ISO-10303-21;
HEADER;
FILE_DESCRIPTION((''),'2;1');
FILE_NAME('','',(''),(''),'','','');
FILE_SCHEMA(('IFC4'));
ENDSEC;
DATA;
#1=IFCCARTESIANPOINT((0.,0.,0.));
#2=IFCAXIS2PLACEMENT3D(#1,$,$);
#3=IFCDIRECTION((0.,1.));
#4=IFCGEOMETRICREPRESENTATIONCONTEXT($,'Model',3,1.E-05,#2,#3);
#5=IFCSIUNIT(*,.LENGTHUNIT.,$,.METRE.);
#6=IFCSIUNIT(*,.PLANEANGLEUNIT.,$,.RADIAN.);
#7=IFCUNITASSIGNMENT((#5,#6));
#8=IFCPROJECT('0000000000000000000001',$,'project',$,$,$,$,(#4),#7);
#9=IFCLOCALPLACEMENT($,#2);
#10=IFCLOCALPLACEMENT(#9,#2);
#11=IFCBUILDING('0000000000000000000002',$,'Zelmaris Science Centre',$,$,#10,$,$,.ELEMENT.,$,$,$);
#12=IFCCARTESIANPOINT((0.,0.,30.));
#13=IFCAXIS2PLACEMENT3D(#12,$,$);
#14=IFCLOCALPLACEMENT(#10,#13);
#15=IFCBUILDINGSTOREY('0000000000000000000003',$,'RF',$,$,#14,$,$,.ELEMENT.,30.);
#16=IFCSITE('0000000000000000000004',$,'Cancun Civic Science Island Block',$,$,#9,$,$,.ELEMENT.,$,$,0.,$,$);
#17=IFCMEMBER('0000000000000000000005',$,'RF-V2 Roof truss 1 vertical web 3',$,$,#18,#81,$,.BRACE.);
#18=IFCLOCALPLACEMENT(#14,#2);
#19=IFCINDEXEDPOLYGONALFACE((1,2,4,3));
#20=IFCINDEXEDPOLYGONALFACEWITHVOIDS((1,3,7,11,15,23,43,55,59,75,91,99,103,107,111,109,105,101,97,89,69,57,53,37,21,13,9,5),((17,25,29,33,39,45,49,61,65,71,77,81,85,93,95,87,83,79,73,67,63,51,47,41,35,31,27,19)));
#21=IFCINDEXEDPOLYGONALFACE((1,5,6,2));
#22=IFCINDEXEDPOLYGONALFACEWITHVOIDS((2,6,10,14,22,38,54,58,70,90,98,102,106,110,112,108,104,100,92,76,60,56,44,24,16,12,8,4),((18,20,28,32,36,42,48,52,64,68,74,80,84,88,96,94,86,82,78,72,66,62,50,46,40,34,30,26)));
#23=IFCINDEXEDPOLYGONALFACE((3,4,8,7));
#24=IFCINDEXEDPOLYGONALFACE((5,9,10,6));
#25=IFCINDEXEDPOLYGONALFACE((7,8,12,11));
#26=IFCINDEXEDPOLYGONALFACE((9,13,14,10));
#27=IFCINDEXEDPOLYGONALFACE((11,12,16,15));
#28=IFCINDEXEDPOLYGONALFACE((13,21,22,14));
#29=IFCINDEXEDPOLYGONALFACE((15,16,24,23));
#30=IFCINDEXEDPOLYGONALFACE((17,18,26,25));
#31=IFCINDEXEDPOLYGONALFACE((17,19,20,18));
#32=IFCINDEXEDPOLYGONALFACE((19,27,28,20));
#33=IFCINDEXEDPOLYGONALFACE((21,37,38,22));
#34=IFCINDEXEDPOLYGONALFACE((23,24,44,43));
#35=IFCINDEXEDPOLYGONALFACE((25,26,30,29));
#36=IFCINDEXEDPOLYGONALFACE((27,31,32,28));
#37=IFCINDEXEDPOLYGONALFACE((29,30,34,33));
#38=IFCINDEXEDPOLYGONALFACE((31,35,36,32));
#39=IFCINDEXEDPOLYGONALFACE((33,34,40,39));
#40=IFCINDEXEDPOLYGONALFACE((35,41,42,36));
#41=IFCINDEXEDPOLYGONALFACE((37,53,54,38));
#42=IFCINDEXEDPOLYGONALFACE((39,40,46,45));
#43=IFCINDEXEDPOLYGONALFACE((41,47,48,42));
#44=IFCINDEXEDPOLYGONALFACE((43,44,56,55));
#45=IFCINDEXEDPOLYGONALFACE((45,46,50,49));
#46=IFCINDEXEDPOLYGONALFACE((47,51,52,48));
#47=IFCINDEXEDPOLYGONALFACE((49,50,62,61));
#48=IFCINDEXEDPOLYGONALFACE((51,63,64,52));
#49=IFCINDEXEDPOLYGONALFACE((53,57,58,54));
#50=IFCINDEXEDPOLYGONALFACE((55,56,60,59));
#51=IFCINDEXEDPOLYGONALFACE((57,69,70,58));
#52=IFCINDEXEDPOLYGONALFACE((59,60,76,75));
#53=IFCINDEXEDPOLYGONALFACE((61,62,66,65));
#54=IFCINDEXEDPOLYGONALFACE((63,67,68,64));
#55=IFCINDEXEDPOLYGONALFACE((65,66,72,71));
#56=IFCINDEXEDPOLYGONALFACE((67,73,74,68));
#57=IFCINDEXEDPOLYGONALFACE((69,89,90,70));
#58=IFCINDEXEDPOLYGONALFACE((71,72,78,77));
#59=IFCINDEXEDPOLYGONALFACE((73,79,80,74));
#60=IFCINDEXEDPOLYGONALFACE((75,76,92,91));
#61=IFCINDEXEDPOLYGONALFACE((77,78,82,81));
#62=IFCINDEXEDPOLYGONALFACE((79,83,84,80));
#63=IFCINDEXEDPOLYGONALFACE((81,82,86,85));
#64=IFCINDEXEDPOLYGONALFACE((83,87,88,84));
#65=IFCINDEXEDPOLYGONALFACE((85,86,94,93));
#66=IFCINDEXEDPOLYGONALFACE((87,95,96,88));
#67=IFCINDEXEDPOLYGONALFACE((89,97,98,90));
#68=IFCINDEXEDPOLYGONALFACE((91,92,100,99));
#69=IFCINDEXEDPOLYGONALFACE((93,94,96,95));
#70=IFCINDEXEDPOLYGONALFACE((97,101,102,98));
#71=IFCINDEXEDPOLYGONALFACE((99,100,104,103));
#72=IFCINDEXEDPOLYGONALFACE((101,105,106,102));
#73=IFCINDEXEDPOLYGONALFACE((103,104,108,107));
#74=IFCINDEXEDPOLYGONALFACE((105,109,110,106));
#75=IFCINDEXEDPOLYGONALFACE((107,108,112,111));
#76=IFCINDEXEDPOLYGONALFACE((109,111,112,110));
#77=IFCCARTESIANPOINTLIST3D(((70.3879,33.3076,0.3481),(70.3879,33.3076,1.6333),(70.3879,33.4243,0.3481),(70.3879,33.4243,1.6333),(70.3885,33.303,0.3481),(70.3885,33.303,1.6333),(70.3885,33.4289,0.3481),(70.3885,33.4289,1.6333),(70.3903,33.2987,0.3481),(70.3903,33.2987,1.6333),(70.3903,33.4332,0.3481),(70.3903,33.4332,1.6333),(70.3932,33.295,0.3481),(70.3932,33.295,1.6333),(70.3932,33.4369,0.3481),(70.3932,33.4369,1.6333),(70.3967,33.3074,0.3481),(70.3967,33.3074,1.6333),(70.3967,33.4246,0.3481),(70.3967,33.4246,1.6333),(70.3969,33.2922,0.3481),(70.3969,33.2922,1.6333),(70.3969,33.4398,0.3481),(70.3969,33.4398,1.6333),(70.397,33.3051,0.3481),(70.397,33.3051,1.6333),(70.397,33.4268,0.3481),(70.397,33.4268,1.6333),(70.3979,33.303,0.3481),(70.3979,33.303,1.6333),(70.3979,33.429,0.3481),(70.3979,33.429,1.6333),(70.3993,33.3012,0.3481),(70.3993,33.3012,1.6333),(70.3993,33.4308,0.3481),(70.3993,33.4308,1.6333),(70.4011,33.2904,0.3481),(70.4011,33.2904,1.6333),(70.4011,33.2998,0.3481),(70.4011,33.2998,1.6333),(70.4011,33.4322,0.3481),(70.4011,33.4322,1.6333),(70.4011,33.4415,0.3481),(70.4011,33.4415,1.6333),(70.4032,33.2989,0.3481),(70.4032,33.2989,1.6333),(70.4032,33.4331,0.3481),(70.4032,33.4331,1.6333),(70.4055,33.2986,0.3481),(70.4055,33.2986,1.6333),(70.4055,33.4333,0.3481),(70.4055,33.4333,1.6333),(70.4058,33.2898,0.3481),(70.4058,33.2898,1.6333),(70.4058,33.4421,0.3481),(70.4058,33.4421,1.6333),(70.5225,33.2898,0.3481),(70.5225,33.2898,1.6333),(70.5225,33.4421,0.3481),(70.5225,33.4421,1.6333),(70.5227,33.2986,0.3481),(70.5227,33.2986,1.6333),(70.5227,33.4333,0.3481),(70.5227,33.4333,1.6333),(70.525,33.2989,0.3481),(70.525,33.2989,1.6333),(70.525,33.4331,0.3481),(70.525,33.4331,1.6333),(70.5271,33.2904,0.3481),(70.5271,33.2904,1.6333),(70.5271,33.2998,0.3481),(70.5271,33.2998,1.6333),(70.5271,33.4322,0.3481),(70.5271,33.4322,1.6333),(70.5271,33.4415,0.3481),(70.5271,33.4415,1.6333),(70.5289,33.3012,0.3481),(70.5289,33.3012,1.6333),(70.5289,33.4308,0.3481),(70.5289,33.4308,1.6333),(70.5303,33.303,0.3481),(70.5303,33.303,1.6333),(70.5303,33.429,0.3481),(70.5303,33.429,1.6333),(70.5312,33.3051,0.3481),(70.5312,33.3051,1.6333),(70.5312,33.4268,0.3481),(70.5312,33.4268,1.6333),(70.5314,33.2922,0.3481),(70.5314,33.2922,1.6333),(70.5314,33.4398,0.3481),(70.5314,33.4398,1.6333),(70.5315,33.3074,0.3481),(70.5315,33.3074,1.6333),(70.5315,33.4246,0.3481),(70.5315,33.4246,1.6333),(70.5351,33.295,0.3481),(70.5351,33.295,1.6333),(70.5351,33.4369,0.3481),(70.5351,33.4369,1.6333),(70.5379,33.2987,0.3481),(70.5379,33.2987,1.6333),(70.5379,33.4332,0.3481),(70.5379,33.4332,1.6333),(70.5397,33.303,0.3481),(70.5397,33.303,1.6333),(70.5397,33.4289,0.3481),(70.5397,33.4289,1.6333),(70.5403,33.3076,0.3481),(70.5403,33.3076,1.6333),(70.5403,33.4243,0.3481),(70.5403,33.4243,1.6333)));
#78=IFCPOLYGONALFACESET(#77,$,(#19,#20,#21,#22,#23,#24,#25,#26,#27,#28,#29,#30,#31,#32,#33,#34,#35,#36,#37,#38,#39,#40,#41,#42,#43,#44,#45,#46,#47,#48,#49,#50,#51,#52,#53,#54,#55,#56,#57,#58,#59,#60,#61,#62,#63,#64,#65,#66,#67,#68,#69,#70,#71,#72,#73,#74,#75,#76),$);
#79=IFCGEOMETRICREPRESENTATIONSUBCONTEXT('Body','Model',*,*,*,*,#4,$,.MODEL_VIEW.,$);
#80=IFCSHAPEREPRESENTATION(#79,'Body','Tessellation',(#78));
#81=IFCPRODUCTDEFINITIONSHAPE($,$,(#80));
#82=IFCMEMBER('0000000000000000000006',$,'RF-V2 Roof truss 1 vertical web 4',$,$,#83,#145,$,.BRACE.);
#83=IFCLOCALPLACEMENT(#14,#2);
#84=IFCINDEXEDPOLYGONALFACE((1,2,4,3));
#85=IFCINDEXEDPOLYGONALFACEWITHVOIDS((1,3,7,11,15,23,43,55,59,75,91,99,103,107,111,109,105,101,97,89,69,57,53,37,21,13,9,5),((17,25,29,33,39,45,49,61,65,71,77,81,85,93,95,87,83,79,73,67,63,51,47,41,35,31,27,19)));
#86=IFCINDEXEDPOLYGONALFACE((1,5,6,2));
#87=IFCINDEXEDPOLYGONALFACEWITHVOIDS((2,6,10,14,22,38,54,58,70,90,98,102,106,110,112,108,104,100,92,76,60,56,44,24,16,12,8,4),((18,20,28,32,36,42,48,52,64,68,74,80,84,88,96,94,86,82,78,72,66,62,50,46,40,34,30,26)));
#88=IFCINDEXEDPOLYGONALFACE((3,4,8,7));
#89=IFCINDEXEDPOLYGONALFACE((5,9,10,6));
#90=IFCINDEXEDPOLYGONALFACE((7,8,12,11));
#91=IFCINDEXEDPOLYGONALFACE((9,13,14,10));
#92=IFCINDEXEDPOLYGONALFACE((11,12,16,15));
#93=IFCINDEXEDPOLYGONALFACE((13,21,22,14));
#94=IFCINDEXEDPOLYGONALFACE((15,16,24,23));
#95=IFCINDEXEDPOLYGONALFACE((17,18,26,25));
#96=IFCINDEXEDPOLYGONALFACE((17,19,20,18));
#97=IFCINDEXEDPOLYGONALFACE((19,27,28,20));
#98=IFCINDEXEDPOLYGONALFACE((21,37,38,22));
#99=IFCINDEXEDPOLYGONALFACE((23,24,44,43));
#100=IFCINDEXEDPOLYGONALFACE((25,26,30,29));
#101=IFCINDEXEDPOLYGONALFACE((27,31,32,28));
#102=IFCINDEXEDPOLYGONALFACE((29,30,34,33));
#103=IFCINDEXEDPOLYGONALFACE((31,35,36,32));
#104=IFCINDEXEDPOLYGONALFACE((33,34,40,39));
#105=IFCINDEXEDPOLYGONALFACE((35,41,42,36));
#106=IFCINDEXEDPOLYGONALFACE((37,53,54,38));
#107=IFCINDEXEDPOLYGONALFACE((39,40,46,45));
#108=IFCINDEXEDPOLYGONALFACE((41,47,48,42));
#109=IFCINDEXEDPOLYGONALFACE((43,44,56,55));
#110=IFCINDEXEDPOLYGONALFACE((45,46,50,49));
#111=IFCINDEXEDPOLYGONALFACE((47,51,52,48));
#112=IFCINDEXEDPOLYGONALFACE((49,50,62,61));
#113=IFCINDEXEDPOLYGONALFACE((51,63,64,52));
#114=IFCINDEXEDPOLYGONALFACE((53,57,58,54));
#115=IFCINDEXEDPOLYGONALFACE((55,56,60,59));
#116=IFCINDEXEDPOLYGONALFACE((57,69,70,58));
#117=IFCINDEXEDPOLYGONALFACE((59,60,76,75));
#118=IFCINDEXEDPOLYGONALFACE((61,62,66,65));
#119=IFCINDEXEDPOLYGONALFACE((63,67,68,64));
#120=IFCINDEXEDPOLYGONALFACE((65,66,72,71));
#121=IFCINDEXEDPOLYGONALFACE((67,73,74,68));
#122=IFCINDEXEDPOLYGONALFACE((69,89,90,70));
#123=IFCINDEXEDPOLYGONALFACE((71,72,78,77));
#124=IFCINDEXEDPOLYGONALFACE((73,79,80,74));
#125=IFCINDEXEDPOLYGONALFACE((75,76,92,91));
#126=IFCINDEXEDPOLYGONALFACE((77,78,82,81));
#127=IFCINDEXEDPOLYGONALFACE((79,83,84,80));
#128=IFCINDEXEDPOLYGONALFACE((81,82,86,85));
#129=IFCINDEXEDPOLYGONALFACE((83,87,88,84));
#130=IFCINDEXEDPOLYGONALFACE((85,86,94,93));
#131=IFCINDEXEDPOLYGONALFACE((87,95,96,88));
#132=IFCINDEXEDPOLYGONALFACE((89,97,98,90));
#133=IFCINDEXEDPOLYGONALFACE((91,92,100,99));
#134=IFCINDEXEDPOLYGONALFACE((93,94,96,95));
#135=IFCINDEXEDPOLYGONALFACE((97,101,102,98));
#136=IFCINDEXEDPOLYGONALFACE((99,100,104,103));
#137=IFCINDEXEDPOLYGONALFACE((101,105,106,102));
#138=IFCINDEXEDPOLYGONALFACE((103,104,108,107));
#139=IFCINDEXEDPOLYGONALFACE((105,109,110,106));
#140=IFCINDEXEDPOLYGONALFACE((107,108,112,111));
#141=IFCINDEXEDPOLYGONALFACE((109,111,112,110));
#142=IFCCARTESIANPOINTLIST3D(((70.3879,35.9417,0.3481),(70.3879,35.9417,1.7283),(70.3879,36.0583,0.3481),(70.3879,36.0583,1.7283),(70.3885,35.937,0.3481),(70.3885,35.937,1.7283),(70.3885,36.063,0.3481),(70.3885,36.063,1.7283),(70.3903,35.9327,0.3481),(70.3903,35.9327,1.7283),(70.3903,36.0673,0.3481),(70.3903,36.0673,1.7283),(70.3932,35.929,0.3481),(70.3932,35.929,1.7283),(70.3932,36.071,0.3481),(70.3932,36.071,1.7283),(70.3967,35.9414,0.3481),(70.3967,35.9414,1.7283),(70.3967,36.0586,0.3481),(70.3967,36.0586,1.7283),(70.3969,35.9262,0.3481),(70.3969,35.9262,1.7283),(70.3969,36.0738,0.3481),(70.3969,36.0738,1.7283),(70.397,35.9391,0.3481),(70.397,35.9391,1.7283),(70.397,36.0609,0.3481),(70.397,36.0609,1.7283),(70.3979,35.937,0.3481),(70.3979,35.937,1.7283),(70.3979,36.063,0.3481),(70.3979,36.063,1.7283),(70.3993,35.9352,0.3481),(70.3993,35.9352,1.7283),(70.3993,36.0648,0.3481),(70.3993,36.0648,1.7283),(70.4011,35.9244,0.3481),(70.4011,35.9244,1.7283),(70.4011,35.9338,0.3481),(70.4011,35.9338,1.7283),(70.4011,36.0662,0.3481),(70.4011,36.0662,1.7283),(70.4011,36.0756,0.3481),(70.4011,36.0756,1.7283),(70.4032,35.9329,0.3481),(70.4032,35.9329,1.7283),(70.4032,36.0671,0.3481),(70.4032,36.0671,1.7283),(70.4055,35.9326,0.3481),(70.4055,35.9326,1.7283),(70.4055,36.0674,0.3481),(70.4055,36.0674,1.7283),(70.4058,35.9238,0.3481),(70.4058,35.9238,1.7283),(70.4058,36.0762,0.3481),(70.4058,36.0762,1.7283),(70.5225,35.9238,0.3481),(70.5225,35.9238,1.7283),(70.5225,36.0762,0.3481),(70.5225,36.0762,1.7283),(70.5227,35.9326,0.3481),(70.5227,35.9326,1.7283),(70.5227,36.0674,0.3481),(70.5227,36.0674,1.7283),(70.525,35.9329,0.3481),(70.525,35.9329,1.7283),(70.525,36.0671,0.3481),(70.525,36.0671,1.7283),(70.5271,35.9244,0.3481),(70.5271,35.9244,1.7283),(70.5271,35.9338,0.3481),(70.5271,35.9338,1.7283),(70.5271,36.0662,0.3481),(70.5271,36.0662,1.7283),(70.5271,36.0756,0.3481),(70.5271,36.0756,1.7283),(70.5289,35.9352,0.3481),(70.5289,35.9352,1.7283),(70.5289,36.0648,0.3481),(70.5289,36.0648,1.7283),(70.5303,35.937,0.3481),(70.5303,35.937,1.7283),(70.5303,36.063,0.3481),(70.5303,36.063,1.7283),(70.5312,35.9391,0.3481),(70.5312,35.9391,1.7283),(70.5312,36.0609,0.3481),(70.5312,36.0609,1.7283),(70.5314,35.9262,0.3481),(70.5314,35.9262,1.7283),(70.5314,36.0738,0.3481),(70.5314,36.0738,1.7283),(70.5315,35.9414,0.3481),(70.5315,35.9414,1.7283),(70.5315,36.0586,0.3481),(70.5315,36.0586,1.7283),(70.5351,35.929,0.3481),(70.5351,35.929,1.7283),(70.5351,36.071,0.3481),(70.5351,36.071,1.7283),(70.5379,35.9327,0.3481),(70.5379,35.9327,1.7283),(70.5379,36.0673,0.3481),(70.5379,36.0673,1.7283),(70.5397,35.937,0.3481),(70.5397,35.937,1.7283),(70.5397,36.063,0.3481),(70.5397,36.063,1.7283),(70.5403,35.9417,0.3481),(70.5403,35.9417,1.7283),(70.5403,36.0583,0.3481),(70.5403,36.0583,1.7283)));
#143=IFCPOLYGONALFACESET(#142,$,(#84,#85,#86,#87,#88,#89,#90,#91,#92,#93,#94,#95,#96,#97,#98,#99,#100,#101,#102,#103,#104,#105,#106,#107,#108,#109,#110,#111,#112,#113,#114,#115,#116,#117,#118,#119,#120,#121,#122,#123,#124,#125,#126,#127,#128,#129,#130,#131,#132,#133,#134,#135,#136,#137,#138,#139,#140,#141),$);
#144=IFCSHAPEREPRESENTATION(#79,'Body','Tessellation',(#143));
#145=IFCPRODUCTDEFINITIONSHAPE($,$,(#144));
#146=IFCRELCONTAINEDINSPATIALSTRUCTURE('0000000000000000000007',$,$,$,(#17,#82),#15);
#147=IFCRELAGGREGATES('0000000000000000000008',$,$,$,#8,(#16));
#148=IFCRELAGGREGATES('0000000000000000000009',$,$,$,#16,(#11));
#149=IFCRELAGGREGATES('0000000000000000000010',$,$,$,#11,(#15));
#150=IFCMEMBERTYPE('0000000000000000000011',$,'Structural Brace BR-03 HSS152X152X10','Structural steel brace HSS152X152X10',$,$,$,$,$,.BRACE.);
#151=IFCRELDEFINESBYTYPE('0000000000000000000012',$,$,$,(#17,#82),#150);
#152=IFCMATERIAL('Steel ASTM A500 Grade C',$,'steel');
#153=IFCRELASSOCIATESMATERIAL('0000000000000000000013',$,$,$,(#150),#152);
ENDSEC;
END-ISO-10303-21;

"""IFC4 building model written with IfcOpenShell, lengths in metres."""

from ifc_helpers import new_model, si_unit, direction, frame, origin, origin_2d, place, context, subcontext, project, spatial, hollow_rectangle, extrude, material, material_profile, profile_set, type_object, element, save


model = new_model("IFC4")

# Units and contexts
model_context = context("Model", 3, precision=1e-05, world=origin(), true_north=direction((0.0, 1.0)))
body_context = subcontext(model_context, "Body", "Model", "MODEL_VIEW")
ifc_project = project(units=[si_unit("LENGTHUNIT", "METRE"), si_unit("PLANEANGLEUNIT", "RADIAN")], contexts=[model_context])

# Site, building, storey
site_placement = place(None, origin())
site = spatial("IfcSite", under=ifc_project, at=site_placement, Name="Cancun Civic Science Island Block", CompositionType="ELEMENT", RefElevation=0.0)
building_placement = place(site_placement, origin())
building = spatial("IfcBuilding", under=site, at=building_placement, Name="Zelmaris Science Centre", CompositionType="ELEMENT")
storey_placement = place(building_placement, frame((0.0, 0.0, 30.0)))
storey = spatial("IfcBuildingStorey", under=building, at=storey_placement, Name="RF", CompositionType="ELEMENT", Elevation=30.0)

# Shared definitions
ifc_material_1 = material(Name="Steel ASTM A500 Grade C", Category="steel")

# Members
ifc_material_profile_1 = material_profile(ifc_material_1, hollow_rectangle(XDim=0.1523, YDim=0.1523, WallThickness=0.0088, InnerFilletRadius=0.0088, OuterFilletRadius=0.0178, at=origin_2d()), Name="HSS152X152X10")
ifc_profile_set_1 = profile_set([ifc_material_profile_1], Name="Steel ASTM A500 Grade C")
member_type_1 = type_object("IfcMemberType", Name="Structural Brace BR-03 HSS152X152X10", Description="Structural steel brace HSS152X152X10", PredefinedType="BRACE", material=ifc_profile_set_1)
member_1_placement = place(storey_placement, frame((70.4641, 33.366, 0.3481), z_axis=(0.0, 0.0, 1.0), x_axis=(1.0, 0.0, 0.0)))
element("IfcMember", 1, at=member_1_placement, inside=storey, type_object=member_type_1, Name="RF-V2 Roof truss 1 vertical web 3", PredefinedType="BRACE", context=body_context, shape_type="SweptSolid", body=[
    extrude(hollow_rectangle(XDim=0.1523, YDim=0.1523, WallThickness=0.0088, InnerFilletRadius=0.0088, OuterFilletRadius=0.0178, at=origin_2d()), origin(), (0.0, 0.0, 1.0), 1.2852),
])
member_2_placement = place(storey_placement, frame((70.4641, 36.0, 0.3481), z_axis=(0.0, 0.0, 1.0), x_axis=(1.0, 0.0, 0.0)))
element("IfcMember", 2, at=member_2_placement, inside=storey, type_object=member_type_1, Name="RF-V2 Roof truss 1 vertical web 4", PredefinedType="BRACE", context=body_context, shape_type="SweptSolid", body=[
    extrude(hollow_rectangle(XDim=0.1523, YDim=0.1523, WallThickness=0.0088, InnerFilletRadius=0.0088, OuterFilletRadius=0.0178, at=origin_2d()), origin(), (0.0, 0.0, 1.0), 1.3801),
])

save(model, "model.ifc")
